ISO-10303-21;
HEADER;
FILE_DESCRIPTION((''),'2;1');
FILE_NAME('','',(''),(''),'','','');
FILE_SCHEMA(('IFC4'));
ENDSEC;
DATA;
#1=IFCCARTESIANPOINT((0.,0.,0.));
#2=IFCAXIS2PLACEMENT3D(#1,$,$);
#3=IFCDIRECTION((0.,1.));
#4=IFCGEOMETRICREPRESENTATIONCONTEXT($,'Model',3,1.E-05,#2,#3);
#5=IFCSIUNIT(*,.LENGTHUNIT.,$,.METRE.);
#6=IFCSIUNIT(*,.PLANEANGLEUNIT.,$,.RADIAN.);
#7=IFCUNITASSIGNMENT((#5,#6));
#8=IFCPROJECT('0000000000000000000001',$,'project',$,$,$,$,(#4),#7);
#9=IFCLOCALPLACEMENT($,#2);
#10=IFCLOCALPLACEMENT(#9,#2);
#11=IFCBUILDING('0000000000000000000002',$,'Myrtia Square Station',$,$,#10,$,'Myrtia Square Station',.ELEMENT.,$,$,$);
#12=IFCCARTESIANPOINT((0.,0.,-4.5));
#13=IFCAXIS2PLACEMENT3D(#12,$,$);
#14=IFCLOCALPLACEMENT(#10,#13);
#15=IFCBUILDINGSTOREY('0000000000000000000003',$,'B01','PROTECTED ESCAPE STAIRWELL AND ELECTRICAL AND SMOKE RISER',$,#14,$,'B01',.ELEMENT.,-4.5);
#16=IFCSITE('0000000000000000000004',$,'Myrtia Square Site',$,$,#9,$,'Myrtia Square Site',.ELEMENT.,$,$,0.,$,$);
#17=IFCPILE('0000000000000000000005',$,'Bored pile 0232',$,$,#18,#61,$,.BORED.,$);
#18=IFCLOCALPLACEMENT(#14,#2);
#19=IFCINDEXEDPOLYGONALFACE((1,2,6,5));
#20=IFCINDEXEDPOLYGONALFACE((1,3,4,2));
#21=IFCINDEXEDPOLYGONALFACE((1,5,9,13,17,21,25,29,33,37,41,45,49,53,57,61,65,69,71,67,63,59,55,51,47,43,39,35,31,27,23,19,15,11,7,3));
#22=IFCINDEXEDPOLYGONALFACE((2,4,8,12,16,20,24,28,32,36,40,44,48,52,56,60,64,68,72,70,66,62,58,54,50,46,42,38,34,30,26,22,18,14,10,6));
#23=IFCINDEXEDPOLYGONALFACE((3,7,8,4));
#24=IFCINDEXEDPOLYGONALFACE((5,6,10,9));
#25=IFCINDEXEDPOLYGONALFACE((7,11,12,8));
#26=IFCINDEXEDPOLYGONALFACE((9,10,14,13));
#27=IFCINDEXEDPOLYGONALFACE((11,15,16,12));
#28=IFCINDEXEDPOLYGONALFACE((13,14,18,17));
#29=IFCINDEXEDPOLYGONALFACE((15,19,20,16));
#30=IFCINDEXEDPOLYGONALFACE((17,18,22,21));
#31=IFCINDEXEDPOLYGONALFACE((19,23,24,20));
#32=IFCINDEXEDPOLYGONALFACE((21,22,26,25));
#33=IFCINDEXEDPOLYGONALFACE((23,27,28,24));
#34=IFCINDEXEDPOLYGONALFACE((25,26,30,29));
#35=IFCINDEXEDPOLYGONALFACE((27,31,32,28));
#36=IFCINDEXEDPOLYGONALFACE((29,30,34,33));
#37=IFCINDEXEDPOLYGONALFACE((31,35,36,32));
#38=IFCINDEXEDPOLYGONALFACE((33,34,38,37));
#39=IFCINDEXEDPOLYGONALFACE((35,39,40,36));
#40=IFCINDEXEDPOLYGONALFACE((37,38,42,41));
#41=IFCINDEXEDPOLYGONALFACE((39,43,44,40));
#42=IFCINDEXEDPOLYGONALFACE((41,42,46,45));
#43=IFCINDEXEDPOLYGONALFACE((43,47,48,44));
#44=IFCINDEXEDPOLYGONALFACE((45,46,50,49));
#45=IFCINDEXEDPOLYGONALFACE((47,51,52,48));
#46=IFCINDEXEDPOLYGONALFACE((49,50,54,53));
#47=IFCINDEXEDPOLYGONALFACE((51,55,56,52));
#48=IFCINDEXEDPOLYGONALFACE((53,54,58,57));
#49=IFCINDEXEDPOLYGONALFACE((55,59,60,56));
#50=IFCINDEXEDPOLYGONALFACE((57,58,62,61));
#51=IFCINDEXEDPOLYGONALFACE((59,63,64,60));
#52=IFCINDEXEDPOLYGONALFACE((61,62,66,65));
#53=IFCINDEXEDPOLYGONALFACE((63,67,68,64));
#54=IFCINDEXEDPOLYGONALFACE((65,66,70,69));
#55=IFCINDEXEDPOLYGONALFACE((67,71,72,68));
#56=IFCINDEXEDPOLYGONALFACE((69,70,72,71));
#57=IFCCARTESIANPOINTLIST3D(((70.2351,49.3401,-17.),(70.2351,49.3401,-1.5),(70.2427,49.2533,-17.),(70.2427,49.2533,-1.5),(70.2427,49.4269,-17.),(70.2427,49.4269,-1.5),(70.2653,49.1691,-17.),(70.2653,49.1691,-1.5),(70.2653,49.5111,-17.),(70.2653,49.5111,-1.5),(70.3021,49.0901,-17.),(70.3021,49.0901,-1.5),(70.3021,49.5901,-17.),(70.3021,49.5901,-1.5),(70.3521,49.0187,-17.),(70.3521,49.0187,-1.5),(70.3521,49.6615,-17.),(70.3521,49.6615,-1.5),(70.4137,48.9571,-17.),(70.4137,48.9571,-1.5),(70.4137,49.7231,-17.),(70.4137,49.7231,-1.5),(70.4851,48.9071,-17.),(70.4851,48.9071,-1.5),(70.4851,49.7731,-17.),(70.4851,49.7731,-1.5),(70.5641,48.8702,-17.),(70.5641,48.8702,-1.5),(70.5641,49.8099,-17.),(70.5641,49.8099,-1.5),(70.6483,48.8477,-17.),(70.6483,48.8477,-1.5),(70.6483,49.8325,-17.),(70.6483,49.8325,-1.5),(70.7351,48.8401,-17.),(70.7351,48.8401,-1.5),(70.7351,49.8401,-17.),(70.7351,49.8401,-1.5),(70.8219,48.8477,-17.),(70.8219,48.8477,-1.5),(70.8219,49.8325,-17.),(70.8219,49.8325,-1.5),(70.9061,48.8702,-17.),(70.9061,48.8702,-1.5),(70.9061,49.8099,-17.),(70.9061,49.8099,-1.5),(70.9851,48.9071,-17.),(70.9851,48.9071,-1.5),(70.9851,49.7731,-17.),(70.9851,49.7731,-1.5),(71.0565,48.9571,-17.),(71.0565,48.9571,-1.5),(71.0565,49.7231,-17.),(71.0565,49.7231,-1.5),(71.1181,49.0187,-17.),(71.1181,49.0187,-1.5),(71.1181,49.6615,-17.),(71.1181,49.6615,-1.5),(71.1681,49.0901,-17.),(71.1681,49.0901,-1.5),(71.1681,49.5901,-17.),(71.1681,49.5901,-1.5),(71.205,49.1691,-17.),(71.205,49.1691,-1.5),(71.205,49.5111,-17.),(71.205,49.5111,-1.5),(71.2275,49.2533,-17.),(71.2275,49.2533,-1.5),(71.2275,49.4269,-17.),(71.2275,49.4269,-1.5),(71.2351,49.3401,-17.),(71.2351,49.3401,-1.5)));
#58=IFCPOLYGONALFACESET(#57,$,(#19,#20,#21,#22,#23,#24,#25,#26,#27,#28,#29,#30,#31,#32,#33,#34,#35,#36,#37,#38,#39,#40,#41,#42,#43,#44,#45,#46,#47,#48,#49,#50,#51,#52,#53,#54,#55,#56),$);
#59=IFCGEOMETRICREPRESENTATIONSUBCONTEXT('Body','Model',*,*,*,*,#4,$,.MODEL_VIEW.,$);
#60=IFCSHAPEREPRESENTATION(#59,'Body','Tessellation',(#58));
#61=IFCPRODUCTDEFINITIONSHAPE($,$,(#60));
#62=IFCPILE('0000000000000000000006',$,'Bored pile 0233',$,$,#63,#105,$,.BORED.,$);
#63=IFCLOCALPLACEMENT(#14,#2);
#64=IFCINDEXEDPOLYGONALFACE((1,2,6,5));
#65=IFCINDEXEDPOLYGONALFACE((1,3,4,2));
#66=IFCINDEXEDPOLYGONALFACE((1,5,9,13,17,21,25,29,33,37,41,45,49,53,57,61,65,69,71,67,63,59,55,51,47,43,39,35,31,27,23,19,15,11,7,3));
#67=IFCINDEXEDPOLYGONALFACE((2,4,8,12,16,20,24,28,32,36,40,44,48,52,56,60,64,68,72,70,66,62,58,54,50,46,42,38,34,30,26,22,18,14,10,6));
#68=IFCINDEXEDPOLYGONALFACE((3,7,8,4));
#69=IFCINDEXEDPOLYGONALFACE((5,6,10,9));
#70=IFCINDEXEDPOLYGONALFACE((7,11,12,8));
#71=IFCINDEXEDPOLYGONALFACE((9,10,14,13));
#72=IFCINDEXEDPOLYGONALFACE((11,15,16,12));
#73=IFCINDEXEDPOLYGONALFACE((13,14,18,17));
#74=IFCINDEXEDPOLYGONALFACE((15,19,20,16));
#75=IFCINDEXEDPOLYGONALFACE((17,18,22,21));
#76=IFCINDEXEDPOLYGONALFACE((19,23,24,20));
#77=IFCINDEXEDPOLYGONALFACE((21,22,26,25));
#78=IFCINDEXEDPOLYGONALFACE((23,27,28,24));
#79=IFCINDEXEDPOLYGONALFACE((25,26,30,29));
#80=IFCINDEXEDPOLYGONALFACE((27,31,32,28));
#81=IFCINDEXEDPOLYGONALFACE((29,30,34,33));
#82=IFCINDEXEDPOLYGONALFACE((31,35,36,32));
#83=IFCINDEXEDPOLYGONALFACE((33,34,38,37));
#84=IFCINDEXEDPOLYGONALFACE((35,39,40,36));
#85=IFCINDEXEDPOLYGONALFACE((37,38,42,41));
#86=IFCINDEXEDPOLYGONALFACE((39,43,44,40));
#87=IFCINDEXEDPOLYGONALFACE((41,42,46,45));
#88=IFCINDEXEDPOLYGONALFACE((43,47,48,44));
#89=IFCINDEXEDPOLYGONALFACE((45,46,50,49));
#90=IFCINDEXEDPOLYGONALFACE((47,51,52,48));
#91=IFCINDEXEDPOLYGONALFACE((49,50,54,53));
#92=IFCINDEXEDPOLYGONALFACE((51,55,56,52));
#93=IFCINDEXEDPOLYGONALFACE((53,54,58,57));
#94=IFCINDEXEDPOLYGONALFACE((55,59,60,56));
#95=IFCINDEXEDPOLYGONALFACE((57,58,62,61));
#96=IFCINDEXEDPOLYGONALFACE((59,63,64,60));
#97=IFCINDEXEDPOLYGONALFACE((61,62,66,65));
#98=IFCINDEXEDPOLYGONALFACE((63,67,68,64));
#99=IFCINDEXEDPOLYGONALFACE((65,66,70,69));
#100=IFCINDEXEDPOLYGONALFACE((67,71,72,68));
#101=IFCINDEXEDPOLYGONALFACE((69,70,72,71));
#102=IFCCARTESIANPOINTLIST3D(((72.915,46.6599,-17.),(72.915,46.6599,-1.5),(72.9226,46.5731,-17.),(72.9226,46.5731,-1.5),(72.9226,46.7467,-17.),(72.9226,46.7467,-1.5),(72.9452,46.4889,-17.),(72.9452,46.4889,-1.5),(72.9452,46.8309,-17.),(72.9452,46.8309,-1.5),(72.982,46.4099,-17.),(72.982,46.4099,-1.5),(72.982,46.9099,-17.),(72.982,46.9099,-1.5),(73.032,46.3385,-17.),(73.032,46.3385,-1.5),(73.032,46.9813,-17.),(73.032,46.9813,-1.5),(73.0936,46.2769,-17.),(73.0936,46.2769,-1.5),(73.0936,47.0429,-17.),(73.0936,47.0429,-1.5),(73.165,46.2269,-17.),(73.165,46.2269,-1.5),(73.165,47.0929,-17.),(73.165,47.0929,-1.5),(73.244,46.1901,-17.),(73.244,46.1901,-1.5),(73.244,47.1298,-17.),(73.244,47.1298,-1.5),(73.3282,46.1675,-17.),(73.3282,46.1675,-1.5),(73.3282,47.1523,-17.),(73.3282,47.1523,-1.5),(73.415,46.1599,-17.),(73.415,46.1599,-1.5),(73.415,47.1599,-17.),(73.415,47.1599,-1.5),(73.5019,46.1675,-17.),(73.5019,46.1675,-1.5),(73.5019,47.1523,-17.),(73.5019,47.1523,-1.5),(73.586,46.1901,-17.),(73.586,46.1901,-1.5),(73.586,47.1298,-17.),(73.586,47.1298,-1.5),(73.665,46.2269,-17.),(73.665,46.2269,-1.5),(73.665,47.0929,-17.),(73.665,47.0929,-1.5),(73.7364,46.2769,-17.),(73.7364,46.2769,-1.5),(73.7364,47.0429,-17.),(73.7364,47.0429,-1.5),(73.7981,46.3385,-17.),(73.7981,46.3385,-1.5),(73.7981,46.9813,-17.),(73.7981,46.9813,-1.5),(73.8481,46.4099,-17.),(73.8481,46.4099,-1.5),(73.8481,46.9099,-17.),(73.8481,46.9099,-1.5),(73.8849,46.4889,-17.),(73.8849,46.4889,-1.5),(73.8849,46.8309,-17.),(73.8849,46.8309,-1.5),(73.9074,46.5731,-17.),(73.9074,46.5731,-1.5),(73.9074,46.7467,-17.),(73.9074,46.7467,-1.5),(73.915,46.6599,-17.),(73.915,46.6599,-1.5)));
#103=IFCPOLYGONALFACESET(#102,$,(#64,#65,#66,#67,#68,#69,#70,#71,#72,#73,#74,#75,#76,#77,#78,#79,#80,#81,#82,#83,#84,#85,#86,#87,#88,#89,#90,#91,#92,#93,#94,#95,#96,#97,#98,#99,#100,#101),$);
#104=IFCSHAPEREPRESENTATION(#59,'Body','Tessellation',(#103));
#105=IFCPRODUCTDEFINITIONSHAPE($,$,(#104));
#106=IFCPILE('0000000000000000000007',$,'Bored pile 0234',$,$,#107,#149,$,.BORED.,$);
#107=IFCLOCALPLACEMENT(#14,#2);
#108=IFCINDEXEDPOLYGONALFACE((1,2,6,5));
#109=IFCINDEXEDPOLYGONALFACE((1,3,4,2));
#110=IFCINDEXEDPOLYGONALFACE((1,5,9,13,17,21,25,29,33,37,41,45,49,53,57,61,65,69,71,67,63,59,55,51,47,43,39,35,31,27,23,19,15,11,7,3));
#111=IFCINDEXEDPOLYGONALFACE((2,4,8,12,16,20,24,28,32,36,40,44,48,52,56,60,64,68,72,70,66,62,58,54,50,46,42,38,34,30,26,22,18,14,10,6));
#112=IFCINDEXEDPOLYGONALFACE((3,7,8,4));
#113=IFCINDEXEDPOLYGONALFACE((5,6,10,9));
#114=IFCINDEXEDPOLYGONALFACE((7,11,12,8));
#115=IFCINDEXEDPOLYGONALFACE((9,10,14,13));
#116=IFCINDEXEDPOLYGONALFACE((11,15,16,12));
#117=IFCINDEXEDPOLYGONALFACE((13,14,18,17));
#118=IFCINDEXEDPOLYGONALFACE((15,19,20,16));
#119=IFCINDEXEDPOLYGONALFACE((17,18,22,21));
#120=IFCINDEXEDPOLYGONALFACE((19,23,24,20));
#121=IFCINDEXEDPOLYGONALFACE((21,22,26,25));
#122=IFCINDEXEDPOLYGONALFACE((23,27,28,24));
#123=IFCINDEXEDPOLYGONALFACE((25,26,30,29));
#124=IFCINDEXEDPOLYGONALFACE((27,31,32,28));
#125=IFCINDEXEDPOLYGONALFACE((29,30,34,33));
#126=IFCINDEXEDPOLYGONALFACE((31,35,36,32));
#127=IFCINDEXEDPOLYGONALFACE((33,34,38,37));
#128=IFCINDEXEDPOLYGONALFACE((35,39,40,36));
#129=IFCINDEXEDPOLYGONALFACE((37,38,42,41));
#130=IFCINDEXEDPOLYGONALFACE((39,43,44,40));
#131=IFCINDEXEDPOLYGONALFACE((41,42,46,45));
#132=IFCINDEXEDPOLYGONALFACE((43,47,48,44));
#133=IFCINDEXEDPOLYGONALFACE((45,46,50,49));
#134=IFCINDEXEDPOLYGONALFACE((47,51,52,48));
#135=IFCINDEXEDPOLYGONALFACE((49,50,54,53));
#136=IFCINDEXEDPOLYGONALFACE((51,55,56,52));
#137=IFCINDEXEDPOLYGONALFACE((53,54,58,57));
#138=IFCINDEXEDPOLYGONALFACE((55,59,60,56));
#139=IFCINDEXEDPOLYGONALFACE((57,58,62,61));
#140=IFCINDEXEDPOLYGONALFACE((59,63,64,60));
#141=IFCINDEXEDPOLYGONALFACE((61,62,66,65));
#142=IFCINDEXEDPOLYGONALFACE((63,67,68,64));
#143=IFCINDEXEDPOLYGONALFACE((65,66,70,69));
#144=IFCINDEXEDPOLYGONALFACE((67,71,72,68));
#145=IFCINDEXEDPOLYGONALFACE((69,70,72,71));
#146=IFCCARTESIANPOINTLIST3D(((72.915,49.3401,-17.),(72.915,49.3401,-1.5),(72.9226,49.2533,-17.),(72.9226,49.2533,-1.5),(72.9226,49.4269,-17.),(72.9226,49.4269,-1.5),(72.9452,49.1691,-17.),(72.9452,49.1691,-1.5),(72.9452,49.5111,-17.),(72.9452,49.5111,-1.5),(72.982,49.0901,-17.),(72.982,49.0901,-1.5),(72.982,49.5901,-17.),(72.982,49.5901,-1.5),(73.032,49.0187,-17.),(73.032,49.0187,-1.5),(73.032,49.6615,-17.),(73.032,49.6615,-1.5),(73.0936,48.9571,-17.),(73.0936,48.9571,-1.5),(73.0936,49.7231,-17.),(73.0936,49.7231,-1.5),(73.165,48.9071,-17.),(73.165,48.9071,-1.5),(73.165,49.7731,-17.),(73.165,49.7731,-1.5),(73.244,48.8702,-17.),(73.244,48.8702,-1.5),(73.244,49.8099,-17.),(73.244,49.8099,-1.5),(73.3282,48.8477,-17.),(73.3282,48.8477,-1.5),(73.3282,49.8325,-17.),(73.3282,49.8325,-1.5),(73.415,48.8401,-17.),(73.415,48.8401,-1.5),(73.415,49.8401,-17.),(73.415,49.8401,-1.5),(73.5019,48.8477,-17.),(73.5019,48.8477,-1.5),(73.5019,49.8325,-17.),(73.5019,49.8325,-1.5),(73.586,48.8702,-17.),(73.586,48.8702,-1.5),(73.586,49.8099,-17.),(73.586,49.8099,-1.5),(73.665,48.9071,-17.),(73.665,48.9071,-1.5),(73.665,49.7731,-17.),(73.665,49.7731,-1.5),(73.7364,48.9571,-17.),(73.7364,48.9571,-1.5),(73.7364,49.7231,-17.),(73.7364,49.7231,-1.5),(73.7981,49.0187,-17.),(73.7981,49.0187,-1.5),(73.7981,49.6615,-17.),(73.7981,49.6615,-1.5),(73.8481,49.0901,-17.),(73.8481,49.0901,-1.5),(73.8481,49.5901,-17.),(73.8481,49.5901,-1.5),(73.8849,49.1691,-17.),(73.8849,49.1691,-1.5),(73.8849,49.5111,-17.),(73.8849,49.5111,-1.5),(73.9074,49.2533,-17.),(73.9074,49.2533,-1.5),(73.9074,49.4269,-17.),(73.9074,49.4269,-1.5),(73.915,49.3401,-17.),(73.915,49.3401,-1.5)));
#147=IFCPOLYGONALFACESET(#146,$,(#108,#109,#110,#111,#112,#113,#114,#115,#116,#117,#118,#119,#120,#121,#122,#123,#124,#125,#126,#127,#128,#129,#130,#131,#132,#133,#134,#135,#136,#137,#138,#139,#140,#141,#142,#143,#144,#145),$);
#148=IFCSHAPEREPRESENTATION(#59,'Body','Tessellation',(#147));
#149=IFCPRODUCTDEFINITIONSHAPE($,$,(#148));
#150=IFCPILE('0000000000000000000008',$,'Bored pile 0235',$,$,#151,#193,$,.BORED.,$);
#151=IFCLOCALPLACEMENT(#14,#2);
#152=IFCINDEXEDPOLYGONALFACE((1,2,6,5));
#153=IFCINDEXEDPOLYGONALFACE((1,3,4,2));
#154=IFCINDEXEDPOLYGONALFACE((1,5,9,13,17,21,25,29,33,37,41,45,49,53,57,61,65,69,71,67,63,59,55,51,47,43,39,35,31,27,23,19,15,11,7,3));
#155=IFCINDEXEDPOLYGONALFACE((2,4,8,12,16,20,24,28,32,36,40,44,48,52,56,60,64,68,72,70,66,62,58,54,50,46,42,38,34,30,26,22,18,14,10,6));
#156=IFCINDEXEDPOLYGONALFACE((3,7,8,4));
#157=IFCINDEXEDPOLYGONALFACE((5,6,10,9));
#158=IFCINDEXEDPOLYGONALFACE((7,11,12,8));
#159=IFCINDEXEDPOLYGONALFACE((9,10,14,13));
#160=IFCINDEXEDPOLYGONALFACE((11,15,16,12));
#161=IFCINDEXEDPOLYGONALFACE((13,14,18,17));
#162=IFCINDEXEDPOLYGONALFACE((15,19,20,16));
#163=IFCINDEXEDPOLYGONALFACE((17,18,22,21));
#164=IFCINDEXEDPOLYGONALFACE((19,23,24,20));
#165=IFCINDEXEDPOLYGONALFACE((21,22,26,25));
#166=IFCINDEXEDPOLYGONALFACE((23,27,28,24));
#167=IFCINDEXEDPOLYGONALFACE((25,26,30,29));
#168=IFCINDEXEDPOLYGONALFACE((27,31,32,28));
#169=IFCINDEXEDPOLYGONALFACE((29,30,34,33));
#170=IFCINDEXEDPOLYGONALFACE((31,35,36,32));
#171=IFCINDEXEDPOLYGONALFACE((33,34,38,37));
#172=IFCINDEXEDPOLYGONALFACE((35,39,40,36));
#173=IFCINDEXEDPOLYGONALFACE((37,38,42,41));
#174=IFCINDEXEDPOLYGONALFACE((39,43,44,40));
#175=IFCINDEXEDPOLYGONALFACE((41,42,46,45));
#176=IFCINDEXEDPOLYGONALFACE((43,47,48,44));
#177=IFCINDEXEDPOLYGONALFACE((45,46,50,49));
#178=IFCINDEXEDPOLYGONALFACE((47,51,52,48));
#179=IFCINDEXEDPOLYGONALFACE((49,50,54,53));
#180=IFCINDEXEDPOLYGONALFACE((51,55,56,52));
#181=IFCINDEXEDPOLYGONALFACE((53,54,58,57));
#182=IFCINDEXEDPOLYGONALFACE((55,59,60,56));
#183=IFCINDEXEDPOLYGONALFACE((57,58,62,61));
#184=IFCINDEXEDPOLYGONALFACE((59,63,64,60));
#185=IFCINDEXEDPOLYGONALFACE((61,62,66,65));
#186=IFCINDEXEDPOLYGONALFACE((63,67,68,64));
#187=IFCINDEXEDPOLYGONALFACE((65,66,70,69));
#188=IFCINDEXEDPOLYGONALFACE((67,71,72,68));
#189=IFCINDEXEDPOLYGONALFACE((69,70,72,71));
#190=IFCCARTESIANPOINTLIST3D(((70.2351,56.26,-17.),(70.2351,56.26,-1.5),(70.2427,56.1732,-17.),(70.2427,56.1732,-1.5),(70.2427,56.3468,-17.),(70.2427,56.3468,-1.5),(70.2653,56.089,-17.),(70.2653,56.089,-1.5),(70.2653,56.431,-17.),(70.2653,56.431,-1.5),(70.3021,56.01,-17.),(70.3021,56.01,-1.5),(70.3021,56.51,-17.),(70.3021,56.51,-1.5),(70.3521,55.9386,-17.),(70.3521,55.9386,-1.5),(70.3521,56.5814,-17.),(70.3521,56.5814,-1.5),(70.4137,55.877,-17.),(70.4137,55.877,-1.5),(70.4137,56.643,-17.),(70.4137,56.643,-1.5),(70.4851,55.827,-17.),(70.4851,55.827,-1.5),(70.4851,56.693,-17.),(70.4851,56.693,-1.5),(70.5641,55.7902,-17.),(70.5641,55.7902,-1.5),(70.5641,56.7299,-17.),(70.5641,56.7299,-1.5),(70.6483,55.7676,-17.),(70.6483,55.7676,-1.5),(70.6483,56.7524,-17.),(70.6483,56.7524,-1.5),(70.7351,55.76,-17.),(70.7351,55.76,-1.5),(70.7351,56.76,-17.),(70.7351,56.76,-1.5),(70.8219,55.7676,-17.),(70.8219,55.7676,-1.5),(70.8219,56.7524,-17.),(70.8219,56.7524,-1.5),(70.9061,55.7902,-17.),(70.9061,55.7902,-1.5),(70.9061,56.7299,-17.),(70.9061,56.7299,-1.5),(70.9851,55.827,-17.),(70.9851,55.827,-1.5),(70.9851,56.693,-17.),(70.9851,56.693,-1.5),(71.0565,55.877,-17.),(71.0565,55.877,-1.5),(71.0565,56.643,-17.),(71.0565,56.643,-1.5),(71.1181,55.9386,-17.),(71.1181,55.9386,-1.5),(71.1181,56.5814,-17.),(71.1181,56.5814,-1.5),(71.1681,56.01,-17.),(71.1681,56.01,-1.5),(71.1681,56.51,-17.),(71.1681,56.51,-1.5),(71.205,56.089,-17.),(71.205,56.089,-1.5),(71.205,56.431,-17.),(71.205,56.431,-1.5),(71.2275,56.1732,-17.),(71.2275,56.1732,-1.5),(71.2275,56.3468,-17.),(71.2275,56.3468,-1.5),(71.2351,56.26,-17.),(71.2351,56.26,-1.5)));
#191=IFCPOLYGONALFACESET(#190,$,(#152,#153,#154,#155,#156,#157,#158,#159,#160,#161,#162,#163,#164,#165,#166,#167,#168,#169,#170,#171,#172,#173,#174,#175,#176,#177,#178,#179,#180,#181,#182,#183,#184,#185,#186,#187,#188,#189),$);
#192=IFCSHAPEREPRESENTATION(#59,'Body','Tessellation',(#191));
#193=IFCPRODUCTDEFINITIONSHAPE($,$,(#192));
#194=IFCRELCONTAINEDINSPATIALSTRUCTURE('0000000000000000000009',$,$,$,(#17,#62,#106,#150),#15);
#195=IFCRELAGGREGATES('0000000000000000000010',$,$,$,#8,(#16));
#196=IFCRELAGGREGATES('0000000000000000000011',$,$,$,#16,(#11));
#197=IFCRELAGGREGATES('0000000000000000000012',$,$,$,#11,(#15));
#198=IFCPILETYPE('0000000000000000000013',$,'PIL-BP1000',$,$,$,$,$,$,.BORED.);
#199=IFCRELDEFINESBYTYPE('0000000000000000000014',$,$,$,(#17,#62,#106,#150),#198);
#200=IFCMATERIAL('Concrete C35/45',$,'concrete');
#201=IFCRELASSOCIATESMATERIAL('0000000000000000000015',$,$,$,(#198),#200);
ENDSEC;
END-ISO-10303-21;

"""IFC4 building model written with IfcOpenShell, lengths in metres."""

from ifc_helpers import new_model, si_unit, direction, frame, origin, origin_2d, place, context, subcontext, project, spatial, circle, extrude, material, material_profile, profile_set, type_object, element, save


model = new_model("IFC4")

# Units and contexts
model_context = context("Model", 3, precision=1e-05, world=origin(), true_north=direction((0.0, 1.0)))
body_context = subcontext(model_context, "Body", "Model", "MODEL_VIEW")
ifc_project = project(units=[si_unit("LENGTHUNIT", "METRE"), si_unit("PLANEANGLEUNIT", "RADIAN")], contexts=[model_context])

# Site, building, storey
site_placement = place(None, origin())
site = spatial("IfcSite", under=ifc_project, at=site_placement, Name="Myrtia Square Site", LongName="Myrtia Square Site", CompositionType="ELEMENT", RefElevation=0.0)
building_placement = place(site_placement, origin())
building = spatial("IfcBuilding", under=site, at=building_placement, Name="Myrtia Square Station", LongName="Myrtia Square Station", CompositionType="ELEMENT")
storey_placement = place(building_placement, frame((0.0, 0.0, -4.5)))
storey = spatial("IfcBuildingStorey", under=building, at=storey_placement, Name="B01", Description="PROTECTED ESCAPE STAIRWELL AND ELECTRICAL AND SMOKE RISER", LongName="B01", CompositionType="ELEMENT", Elevation=-4.5)

# Shared definitions
ifc_material_1 = material(Name="Concrete C35/45", Category="concrete")

# Piles
ifc_material_profile_1 = material_profile(ifc_material_1, circle(Radius=0.5, at=origin_2d()), Name="BP D1000")
ifc_profile_set_1 = profile_set([ifc_material_profile_1], Name="Concrete C35/45")
pile_type_1 = type_object("IfcPileType", Name="PIL-BP1000", PredefinedType="BORED", material=ifc_profile_set_1)
for number, where, z_axis, x_axis, name in (
    (1, (70.7351, 49.3401, -1.5), (0.0, 0.0, -1.0), (1.0, 0.0, 0.0), "Bored pile 0232"),
    (2, (73.415, 46.6599, -1.5), (0.0, 0.0, -1.0), (1.0, 0.0, 0.0), "Bored pile 0233"),
    (3, (73.415, 49.3401, -1.5), (0.0, 0.0, -1.0), (1.0, 0.0, 0.0), "Bored pile 0234"),
    (4, (70.7351, 56.26, -1.5), (0.0, 0.0, -1.0), (1.0, 0.0, 0.0), "Bored pile 0235"),
):
    element("IfcPile", number, at=place(storey_placement, frame(where, z_axis=z_axis, x_axis=x_axis)), inside=storey, type_object=pile_type_1, Name=name, PredefinedType="BORED", context=body_context, shape_type="SweptSolid", body=[
        extrude(circle(Radius=0.5, at=origin_2d()), origin(), (0.0, 0.0, 1.0), 15.5),
    ])

save(model, "model.ifc")
